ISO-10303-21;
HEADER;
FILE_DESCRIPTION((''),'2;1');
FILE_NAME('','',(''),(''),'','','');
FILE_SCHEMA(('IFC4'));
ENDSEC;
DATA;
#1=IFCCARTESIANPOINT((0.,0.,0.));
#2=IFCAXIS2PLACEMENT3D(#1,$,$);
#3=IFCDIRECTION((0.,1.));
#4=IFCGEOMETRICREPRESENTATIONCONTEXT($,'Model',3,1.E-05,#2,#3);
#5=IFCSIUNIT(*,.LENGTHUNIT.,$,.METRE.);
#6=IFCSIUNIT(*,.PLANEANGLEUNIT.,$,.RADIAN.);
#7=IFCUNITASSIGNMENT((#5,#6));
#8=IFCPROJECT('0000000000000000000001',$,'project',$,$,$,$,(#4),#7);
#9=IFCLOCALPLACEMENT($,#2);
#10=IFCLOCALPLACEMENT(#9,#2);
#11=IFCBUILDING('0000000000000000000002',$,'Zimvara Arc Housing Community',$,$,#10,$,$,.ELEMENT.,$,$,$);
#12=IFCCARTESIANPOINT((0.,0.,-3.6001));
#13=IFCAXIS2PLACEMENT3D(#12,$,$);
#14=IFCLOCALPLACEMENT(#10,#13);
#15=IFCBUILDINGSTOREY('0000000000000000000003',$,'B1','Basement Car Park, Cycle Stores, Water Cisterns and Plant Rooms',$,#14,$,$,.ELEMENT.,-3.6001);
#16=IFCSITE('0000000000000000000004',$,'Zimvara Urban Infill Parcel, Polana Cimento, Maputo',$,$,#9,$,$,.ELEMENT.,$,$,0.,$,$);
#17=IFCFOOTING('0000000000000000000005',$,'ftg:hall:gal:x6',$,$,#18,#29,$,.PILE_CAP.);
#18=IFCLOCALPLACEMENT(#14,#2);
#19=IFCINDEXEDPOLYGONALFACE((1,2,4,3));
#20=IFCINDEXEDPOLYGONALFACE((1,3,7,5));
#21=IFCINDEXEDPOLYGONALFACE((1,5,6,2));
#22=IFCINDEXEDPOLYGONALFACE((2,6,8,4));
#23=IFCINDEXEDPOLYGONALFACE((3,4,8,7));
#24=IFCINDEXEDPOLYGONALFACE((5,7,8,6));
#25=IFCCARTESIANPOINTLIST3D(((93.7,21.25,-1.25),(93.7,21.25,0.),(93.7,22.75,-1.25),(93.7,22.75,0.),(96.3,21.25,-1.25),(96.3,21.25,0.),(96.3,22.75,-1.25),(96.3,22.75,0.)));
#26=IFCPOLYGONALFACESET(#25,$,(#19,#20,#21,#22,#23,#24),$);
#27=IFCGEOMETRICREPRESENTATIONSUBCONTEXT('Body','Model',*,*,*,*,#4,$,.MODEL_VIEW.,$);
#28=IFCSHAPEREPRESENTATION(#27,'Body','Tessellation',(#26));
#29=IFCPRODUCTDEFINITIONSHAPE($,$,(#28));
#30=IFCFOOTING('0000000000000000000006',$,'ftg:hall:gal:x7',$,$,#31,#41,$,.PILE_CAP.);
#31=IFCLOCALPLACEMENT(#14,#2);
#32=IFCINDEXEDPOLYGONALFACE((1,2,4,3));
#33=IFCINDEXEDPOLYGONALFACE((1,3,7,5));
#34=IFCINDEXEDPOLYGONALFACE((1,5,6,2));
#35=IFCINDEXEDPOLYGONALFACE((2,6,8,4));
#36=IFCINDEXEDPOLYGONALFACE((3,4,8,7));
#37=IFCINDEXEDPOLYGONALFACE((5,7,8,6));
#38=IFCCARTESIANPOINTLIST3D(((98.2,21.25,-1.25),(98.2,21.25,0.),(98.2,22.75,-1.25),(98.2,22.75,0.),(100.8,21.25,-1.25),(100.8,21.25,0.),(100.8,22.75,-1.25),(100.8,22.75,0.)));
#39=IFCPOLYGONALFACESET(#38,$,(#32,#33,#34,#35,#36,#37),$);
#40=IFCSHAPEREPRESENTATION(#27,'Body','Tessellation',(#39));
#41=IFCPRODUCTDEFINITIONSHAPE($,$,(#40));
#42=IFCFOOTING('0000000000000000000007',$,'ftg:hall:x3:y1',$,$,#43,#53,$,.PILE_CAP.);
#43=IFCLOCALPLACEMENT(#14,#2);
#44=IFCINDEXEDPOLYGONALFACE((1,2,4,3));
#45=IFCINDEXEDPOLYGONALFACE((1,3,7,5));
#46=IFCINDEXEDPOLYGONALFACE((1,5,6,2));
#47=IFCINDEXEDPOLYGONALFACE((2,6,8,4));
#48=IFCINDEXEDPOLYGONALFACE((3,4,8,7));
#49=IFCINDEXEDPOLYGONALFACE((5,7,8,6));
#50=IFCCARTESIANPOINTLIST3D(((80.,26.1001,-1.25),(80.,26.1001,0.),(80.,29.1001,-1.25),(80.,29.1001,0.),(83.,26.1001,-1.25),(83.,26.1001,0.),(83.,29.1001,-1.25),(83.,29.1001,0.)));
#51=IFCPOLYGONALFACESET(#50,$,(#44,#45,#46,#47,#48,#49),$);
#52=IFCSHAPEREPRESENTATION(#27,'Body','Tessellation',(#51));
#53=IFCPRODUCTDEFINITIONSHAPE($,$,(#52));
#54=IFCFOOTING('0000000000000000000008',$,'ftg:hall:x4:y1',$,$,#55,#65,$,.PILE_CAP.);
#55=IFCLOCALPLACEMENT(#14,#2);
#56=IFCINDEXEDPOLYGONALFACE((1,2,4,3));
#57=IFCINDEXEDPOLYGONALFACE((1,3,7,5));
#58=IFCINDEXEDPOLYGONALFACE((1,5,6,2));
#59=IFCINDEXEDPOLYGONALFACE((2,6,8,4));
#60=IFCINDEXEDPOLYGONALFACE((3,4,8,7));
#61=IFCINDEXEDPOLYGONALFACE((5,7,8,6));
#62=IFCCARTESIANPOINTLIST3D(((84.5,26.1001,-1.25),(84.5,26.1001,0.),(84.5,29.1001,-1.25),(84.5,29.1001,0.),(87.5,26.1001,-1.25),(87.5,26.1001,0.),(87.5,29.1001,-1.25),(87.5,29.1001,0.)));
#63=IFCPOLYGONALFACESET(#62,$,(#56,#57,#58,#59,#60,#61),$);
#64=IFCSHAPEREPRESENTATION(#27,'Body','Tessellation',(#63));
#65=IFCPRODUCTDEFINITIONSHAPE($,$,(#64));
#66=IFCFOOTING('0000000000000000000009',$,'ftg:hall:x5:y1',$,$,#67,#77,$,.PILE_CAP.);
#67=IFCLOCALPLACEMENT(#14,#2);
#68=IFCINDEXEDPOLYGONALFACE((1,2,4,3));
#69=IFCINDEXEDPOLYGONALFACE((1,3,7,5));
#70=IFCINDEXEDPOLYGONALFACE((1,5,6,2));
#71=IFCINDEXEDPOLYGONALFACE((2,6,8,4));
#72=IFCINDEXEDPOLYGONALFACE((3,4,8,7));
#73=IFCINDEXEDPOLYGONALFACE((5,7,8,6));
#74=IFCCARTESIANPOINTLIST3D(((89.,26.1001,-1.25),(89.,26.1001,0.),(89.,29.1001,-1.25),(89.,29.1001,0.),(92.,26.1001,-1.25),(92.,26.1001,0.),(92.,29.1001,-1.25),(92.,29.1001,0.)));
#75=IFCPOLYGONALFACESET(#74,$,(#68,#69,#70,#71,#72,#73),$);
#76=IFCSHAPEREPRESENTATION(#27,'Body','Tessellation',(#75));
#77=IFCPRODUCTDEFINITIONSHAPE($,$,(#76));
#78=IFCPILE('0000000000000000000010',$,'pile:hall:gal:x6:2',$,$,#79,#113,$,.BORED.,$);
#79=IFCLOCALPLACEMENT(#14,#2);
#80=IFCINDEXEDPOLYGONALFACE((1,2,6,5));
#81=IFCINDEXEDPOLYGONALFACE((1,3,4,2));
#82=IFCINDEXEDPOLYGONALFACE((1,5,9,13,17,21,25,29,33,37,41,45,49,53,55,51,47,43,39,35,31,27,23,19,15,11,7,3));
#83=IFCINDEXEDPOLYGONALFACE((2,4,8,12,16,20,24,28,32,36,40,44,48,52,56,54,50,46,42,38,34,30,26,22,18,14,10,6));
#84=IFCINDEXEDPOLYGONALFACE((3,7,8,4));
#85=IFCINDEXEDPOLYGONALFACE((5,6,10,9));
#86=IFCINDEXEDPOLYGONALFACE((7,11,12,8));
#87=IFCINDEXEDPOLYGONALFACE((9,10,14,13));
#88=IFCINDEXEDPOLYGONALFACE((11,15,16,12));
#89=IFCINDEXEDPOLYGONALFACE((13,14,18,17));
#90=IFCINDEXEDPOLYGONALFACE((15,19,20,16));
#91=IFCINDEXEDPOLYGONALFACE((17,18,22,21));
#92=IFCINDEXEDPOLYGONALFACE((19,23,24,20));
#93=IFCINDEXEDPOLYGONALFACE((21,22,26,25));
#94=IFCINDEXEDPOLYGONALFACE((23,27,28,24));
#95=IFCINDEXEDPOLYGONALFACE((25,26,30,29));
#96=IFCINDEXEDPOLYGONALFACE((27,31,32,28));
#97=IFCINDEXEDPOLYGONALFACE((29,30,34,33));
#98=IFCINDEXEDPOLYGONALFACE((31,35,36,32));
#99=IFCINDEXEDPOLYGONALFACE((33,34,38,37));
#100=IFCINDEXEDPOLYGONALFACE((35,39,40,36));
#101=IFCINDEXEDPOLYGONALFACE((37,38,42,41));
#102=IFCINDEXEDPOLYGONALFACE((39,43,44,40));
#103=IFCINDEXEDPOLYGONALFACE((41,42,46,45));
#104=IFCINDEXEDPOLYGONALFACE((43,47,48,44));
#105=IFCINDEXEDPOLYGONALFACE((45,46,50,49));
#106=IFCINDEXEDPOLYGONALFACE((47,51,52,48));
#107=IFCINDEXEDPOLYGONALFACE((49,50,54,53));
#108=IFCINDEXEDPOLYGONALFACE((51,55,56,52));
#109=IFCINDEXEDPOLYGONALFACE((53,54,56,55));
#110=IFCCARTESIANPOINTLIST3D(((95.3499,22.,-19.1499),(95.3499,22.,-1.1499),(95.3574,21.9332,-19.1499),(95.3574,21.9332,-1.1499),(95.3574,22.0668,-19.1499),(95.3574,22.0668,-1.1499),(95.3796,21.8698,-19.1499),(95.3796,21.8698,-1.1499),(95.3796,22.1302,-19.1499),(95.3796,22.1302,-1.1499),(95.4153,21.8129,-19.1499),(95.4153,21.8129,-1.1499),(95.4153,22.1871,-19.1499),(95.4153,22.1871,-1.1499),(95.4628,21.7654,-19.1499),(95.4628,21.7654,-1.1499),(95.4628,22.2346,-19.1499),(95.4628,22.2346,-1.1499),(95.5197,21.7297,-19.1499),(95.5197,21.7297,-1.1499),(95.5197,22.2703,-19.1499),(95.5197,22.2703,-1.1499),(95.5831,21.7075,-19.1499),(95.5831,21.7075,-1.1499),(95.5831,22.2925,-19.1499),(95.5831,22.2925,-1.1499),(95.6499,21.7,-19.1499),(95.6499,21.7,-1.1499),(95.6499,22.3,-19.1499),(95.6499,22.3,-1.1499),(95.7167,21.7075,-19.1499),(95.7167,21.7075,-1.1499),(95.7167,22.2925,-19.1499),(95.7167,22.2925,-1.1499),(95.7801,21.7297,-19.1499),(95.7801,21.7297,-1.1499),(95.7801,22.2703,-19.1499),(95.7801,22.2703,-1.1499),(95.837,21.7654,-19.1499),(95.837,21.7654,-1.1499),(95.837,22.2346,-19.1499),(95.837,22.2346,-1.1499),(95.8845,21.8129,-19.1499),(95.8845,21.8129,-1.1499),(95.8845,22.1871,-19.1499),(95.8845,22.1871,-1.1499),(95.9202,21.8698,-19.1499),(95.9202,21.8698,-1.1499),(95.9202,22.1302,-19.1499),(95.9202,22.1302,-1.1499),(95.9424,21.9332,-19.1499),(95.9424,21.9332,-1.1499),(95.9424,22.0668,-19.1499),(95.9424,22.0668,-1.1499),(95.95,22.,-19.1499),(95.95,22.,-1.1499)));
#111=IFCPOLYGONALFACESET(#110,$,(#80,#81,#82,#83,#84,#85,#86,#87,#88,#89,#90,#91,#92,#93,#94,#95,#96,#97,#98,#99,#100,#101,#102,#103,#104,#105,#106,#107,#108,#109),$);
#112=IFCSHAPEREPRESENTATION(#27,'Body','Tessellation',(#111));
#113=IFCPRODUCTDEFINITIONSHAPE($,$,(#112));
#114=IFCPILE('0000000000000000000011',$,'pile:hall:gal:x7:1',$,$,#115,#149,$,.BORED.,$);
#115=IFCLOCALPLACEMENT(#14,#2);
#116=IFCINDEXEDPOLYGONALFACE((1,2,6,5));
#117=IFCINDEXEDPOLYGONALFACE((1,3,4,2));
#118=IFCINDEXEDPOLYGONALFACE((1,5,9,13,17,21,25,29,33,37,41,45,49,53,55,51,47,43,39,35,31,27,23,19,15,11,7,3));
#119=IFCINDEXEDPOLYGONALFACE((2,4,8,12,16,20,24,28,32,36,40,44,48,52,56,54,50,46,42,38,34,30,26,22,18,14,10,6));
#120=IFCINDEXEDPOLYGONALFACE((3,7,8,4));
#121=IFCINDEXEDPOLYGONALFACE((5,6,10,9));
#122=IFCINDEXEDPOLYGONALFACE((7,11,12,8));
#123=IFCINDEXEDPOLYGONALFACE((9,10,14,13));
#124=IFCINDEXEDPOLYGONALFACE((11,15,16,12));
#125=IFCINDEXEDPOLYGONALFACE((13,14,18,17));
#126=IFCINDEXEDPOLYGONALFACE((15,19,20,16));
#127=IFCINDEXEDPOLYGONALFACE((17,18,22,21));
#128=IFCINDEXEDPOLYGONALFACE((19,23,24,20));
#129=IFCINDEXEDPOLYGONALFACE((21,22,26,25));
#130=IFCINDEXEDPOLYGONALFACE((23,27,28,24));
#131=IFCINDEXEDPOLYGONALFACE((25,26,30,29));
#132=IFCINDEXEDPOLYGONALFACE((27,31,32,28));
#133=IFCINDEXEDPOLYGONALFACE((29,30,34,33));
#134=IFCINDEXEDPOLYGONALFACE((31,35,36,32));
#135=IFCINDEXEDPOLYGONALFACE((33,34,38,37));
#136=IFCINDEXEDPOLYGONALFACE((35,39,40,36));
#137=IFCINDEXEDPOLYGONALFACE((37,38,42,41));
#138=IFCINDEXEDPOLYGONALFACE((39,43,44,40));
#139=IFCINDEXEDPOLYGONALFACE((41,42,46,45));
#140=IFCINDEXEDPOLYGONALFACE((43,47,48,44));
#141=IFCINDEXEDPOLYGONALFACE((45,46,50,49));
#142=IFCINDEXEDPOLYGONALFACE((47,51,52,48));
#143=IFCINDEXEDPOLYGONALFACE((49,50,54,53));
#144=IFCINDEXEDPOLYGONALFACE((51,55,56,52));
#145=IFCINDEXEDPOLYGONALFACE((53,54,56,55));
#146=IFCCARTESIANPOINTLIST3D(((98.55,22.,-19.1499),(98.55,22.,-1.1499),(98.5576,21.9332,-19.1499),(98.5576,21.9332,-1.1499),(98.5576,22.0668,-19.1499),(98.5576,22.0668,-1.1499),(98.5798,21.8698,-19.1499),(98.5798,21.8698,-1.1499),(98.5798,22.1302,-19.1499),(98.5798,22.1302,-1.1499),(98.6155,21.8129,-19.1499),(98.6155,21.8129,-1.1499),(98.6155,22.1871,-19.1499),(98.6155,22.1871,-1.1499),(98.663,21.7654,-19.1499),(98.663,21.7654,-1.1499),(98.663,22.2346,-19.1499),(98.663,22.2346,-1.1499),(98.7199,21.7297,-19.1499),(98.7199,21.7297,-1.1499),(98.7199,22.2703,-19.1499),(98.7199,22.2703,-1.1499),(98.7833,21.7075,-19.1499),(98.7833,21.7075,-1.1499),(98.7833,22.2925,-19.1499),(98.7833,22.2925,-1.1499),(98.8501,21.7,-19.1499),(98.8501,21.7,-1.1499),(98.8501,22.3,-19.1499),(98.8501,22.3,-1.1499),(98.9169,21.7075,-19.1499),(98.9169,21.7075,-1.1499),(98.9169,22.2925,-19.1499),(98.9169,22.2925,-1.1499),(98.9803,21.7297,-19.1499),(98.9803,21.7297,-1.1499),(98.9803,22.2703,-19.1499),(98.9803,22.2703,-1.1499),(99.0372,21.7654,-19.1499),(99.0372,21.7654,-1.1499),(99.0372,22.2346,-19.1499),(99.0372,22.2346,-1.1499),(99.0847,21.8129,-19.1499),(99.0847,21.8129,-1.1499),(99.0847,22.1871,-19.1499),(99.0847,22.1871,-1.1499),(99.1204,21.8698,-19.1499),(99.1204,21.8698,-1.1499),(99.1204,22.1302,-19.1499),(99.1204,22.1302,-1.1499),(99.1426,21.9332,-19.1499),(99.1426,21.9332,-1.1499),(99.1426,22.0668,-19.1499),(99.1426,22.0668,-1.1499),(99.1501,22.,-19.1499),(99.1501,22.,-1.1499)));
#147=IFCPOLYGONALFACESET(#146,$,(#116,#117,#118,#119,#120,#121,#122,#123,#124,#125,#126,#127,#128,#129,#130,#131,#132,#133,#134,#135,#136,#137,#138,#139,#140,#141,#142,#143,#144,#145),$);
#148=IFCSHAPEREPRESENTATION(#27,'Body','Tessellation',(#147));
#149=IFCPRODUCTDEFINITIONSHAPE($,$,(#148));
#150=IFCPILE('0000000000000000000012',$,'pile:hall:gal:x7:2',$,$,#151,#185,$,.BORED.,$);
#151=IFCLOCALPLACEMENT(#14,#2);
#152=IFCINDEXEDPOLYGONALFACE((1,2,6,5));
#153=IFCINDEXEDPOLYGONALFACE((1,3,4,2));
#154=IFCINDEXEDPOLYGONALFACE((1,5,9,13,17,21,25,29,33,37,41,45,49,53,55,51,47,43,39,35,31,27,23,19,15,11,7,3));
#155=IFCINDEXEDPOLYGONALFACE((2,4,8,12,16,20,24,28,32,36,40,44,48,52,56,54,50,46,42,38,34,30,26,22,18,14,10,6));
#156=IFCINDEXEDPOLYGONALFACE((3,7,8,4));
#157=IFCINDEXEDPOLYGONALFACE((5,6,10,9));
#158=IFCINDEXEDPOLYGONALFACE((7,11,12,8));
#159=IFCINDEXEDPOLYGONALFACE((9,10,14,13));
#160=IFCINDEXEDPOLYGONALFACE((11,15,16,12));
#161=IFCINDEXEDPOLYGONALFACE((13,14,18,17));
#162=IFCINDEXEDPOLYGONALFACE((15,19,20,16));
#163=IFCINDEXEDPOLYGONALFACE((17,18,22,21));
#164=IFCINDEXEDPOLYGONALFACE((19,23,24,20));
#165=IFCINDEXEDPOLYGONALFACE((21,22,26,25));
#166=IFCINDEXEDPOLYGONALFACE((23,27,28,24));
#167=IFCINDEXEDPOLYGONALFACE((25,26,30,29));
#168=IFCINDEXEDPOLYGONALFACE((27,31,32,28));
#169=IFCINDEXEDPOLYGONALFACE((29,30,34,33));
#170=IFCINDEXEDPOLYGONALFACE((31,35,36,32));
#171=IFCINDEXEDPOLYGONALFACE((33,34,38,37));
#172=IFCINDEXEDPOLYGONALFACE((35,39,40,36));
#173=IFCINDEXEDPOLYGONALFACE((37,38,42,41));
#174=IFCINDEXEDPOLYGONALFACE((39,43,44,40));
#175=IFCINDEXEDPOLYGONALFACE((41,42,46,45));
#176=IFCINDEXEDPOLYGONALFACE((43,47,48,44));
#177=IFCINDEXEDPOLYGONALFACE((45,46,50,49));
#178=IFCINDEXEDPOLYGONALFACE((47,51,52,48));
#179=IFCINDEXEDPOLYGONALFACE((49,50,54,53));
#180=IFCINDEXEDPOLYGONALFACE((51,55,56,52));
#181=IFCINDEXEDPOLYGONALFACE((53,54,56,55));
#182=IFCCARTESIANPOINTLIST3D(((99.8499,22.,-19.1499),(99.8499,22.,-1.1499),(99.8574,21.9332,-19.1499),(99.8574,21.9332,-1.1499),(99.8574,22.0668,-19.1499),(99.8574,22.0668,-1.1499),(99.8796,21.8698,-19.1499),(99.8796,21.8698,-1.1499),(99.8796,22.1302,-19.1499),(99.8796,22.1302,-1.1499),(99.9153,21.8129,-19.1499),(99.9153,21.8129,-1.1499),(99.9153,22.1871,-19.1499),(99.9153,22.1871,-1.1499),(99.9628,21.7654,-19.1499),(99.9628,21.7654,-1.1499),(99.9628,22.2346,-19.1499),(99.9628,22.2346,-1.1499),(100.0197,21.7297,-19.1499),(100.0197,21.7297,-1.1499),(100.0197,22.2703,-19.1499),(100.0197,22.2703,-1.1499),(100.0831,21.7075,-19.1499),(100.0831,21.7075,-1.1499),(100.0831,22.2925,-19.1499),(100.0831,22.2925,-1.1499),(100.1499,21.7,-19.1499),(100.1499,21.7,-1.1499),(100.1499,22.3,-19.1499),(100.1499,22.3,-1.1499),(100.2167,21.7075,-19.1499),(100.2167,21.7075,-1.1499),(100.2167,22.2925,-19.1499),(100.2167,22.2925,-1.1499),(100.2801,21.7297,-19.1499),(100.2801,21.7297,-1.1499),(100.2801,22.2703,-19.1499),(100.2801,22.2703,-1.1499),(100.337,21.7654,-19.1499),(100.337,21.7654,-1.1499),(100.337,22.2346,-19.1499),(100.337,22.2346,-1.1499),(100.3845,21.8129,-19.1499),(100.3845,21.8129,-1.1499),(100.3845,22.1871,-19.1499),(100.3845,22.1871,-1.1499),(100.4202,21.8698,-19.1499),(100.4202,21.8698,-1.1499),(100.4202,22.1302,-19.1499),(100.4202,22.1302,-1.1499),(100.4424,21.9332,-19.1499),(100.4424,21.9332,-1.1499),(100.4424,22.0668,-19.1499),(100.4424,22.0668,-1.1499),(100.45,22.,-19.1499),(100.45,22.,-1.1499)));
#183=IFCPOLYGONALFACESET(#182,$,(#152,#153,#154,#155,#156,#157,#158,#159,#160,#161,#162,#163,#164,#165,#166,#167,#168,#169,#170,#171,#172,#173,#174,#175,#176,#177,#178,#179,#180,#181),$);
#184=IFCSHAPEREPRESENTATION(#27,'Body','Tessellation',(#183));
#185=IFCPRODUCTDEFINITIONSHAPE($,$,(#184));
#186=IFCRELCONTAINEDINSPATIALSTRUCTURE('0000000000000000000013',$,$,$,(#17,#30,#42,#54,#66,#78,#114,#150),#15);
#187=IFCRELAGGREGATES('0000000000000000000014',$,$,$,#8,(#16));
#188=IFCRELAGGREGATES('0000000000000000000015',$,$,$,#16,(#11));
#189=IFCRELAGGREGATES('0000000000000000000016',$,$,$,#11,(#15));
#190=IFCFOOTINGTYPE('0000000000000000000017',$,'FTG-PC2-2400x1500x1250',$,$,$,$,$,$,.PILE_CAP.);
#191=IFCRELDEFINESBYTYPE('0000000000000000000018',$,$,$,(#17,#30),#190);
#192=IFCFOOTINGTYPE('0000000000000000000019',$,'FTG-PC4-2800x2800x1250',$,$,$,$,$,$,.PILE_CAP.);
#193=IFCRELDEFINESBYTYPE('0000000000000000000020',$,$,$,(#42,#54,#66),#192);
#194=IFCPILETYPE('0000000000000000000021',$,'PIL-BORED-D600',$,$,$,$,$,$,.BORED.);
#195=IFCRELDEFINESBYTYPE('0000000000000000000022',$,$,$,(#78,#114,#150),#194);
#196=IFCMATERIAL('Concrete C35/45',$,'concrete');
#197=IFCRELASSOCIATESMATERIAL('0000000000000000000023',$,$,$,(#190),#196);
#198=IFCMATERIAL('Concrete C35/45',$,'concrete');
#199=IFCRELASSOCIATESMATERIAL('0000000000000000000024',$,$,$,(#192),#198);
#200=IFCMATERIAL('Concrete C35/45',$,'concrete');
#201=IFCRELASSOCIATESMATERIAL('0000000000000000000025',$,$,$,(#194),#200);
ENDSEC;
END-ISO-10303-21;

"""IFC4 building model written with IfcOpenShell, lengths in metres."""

from ifc_helpers import new_model, si_unit, direction, frame, origin, origin_2d, place, context, subcontext, project, spatial, rectangle, circle, extrude, material, material_profile, profile_set, type_object, element, save


model = new_model("IFC4")

# Units and contexts
model_context = context("Model", 3, precision=1e-05, world=origin(), true_north=direction((0.0, 1.0)))
body_context = subcontext(model_context, "Body", "Model", "MODEL_VIEW")
ifc_project = project(units=[si_unit("LENGTHUNIT", "METRE"), si_unit("PLANEANGLEUNIT", "RADIAN")], contexts=[model_context])

# Site, building, storey
site_placement = place(None, origin())
site = spatial("IfcSite", under=ifc_project, at=site_placement, Name="Zimvara Urban Infill Parcel, Polana Cimento, Maputo", CompositionType="ELEMENT", RefElevation=0.0)
building_placement = place(site_placement, origin())
building = spatial("IfcBuilding", under=site, at=building_placement, Name="Zimvara Arc Housing Community", CompositionType="ELEMENT")
storey_placement = place(building_placement, frame((0.0, 0.0, -3.6001)))
storey = spatial("IfcBuildingStorey", under=building, at=storey_placement, Name="B1", Description="Basement Car Park, Cycle Stores, Water Cisterns and Plant Rooms", CompositionType="ELEMENT", Elevation=-3.6001)

# Footings
ifc_material_1 = material(Name="Concrete C35/45", Category="concrete")
footing_type_1 = type_object("IfcFootingType", Name="FTG-PC2-2400x1500x1250", PredefinedType="PILE_CAP", material=ifc_material_1)
for number, where, z_axis, x_axis, name in (
    (1, (95.0, 22.0, -1.25), (0.0, 0.0, 1.0), (1.0, 0.0, 0.0), "ftg:hall:gal:x6"),
    (2, (99.5, 22.0, -1.25), (0.0, 0.0, 1.0), (1.0, 0.0, 0.0), "ftg:hall:gal:x7"),
):
    element("IfcFooting", number, at=place(storey_placement, frame(where, z_axis=z_axis, x_axis=x_axis)), inside=storey, type_object=footing_type_1, Name=name, PredefinedType="PILE_CAP", context=body_context, shape_type="SweptSolid", body=[
        extrude(rectangle(XDim=2.6001, YDim=1.5, at=origin_2d()), origin(), (0.0, 0.0, 1.0), 1.25),
    ])
ifc_material_2 = material(Name="Concrete C35/45", Category="concrete")
footing_type_2 = type_object("IfcFootingType", Name="FTG-PC4-2800x2800x1250", PredefinedType="PILE_CAP", material=ifc_material_2)
for number, where, z_axis, x_axis, name in (
    (3, (81.5, 27.6001, -1.25), (0.0, 0.0, 1.0), (1.0, 0.0, 0.0), "ftg:hall:x3:y1"),
    (4, (86.0, 27.6001, -1.25), (0.0, 0.0, 1.0), (1.0, 0.0, 0.0), "ftg:hall:x4:y1"),
    (5, (90.5, 27.6001, -1.25), (0.0, 0.0, 1.0), (1.0, 0.0, 0.0), "ftg:hall:x5:y1"),
):
    element("IfcFooting", number, at=place(storey_placement, frame(where, z_axis=z_axis, x_axis=x_axis)), inside=storey, type_object=footing_type_2, Name=name, PredefinedType="PILE_CAP", context=body_context, shape_type="SweptSolid", body=[
        extrude(rectangle(XDim=3.0, YDim=3.0, at=origin_2d()), origin(), (0.0, 0.0, 1.0), 1.25),
    ])

# Piles
ifc_material_3 = material(Name="Concrete C35/45", Category="concrete")
ifc_material_profile_1 = material_profile(ifc_material_3, circle(Radius=0.3, at=origin_2d()), Name="PILE D600")
ifc_profile_set_1 = profile_set([ifc_material_profile_1], Name="Concrete C35/45")
pile_type_1 = type_object("IfcPileType", Name="PIL-BORED-D600", PredefinedType="BORED", material=ifc_profile_set_1)
for number, where, z_axis, x_axis, name in (
    (6, (95.6499, 22.0, -1.1499), (0.0, 0.0, -1.0), (1.0, 0.0, 0.0), "pile:hall:gal:x6:2"),
    (7, (98.8501, 22.0, -1.1499), (0.0, 0.0, -1.0), (1.0, 0.0, 0.0), "pile:hall:gal:x7:1"),
    (8, (100.1499, 22.0, -1.1499), (0.0, 0.0, -1.0), (1.0, 0.0, 0.0), "pile:hall:gal:x7:2"),
):
    element("IfcPile", number, at=place(storey_placement, frame(where, z_axis=z_axis, x_axis=x_axis)), inside=storey, type_object=pile_type_1, Name=name, PredefinedType="BORED", context=body_context, shape_type="SweptSolid", body=[
        extrude(circle(Radius=0.3, at=origin_2d()), origin(), (0.0, 0.0, 1.0), 18.0),
    ])

save(model, "model.ifc")
